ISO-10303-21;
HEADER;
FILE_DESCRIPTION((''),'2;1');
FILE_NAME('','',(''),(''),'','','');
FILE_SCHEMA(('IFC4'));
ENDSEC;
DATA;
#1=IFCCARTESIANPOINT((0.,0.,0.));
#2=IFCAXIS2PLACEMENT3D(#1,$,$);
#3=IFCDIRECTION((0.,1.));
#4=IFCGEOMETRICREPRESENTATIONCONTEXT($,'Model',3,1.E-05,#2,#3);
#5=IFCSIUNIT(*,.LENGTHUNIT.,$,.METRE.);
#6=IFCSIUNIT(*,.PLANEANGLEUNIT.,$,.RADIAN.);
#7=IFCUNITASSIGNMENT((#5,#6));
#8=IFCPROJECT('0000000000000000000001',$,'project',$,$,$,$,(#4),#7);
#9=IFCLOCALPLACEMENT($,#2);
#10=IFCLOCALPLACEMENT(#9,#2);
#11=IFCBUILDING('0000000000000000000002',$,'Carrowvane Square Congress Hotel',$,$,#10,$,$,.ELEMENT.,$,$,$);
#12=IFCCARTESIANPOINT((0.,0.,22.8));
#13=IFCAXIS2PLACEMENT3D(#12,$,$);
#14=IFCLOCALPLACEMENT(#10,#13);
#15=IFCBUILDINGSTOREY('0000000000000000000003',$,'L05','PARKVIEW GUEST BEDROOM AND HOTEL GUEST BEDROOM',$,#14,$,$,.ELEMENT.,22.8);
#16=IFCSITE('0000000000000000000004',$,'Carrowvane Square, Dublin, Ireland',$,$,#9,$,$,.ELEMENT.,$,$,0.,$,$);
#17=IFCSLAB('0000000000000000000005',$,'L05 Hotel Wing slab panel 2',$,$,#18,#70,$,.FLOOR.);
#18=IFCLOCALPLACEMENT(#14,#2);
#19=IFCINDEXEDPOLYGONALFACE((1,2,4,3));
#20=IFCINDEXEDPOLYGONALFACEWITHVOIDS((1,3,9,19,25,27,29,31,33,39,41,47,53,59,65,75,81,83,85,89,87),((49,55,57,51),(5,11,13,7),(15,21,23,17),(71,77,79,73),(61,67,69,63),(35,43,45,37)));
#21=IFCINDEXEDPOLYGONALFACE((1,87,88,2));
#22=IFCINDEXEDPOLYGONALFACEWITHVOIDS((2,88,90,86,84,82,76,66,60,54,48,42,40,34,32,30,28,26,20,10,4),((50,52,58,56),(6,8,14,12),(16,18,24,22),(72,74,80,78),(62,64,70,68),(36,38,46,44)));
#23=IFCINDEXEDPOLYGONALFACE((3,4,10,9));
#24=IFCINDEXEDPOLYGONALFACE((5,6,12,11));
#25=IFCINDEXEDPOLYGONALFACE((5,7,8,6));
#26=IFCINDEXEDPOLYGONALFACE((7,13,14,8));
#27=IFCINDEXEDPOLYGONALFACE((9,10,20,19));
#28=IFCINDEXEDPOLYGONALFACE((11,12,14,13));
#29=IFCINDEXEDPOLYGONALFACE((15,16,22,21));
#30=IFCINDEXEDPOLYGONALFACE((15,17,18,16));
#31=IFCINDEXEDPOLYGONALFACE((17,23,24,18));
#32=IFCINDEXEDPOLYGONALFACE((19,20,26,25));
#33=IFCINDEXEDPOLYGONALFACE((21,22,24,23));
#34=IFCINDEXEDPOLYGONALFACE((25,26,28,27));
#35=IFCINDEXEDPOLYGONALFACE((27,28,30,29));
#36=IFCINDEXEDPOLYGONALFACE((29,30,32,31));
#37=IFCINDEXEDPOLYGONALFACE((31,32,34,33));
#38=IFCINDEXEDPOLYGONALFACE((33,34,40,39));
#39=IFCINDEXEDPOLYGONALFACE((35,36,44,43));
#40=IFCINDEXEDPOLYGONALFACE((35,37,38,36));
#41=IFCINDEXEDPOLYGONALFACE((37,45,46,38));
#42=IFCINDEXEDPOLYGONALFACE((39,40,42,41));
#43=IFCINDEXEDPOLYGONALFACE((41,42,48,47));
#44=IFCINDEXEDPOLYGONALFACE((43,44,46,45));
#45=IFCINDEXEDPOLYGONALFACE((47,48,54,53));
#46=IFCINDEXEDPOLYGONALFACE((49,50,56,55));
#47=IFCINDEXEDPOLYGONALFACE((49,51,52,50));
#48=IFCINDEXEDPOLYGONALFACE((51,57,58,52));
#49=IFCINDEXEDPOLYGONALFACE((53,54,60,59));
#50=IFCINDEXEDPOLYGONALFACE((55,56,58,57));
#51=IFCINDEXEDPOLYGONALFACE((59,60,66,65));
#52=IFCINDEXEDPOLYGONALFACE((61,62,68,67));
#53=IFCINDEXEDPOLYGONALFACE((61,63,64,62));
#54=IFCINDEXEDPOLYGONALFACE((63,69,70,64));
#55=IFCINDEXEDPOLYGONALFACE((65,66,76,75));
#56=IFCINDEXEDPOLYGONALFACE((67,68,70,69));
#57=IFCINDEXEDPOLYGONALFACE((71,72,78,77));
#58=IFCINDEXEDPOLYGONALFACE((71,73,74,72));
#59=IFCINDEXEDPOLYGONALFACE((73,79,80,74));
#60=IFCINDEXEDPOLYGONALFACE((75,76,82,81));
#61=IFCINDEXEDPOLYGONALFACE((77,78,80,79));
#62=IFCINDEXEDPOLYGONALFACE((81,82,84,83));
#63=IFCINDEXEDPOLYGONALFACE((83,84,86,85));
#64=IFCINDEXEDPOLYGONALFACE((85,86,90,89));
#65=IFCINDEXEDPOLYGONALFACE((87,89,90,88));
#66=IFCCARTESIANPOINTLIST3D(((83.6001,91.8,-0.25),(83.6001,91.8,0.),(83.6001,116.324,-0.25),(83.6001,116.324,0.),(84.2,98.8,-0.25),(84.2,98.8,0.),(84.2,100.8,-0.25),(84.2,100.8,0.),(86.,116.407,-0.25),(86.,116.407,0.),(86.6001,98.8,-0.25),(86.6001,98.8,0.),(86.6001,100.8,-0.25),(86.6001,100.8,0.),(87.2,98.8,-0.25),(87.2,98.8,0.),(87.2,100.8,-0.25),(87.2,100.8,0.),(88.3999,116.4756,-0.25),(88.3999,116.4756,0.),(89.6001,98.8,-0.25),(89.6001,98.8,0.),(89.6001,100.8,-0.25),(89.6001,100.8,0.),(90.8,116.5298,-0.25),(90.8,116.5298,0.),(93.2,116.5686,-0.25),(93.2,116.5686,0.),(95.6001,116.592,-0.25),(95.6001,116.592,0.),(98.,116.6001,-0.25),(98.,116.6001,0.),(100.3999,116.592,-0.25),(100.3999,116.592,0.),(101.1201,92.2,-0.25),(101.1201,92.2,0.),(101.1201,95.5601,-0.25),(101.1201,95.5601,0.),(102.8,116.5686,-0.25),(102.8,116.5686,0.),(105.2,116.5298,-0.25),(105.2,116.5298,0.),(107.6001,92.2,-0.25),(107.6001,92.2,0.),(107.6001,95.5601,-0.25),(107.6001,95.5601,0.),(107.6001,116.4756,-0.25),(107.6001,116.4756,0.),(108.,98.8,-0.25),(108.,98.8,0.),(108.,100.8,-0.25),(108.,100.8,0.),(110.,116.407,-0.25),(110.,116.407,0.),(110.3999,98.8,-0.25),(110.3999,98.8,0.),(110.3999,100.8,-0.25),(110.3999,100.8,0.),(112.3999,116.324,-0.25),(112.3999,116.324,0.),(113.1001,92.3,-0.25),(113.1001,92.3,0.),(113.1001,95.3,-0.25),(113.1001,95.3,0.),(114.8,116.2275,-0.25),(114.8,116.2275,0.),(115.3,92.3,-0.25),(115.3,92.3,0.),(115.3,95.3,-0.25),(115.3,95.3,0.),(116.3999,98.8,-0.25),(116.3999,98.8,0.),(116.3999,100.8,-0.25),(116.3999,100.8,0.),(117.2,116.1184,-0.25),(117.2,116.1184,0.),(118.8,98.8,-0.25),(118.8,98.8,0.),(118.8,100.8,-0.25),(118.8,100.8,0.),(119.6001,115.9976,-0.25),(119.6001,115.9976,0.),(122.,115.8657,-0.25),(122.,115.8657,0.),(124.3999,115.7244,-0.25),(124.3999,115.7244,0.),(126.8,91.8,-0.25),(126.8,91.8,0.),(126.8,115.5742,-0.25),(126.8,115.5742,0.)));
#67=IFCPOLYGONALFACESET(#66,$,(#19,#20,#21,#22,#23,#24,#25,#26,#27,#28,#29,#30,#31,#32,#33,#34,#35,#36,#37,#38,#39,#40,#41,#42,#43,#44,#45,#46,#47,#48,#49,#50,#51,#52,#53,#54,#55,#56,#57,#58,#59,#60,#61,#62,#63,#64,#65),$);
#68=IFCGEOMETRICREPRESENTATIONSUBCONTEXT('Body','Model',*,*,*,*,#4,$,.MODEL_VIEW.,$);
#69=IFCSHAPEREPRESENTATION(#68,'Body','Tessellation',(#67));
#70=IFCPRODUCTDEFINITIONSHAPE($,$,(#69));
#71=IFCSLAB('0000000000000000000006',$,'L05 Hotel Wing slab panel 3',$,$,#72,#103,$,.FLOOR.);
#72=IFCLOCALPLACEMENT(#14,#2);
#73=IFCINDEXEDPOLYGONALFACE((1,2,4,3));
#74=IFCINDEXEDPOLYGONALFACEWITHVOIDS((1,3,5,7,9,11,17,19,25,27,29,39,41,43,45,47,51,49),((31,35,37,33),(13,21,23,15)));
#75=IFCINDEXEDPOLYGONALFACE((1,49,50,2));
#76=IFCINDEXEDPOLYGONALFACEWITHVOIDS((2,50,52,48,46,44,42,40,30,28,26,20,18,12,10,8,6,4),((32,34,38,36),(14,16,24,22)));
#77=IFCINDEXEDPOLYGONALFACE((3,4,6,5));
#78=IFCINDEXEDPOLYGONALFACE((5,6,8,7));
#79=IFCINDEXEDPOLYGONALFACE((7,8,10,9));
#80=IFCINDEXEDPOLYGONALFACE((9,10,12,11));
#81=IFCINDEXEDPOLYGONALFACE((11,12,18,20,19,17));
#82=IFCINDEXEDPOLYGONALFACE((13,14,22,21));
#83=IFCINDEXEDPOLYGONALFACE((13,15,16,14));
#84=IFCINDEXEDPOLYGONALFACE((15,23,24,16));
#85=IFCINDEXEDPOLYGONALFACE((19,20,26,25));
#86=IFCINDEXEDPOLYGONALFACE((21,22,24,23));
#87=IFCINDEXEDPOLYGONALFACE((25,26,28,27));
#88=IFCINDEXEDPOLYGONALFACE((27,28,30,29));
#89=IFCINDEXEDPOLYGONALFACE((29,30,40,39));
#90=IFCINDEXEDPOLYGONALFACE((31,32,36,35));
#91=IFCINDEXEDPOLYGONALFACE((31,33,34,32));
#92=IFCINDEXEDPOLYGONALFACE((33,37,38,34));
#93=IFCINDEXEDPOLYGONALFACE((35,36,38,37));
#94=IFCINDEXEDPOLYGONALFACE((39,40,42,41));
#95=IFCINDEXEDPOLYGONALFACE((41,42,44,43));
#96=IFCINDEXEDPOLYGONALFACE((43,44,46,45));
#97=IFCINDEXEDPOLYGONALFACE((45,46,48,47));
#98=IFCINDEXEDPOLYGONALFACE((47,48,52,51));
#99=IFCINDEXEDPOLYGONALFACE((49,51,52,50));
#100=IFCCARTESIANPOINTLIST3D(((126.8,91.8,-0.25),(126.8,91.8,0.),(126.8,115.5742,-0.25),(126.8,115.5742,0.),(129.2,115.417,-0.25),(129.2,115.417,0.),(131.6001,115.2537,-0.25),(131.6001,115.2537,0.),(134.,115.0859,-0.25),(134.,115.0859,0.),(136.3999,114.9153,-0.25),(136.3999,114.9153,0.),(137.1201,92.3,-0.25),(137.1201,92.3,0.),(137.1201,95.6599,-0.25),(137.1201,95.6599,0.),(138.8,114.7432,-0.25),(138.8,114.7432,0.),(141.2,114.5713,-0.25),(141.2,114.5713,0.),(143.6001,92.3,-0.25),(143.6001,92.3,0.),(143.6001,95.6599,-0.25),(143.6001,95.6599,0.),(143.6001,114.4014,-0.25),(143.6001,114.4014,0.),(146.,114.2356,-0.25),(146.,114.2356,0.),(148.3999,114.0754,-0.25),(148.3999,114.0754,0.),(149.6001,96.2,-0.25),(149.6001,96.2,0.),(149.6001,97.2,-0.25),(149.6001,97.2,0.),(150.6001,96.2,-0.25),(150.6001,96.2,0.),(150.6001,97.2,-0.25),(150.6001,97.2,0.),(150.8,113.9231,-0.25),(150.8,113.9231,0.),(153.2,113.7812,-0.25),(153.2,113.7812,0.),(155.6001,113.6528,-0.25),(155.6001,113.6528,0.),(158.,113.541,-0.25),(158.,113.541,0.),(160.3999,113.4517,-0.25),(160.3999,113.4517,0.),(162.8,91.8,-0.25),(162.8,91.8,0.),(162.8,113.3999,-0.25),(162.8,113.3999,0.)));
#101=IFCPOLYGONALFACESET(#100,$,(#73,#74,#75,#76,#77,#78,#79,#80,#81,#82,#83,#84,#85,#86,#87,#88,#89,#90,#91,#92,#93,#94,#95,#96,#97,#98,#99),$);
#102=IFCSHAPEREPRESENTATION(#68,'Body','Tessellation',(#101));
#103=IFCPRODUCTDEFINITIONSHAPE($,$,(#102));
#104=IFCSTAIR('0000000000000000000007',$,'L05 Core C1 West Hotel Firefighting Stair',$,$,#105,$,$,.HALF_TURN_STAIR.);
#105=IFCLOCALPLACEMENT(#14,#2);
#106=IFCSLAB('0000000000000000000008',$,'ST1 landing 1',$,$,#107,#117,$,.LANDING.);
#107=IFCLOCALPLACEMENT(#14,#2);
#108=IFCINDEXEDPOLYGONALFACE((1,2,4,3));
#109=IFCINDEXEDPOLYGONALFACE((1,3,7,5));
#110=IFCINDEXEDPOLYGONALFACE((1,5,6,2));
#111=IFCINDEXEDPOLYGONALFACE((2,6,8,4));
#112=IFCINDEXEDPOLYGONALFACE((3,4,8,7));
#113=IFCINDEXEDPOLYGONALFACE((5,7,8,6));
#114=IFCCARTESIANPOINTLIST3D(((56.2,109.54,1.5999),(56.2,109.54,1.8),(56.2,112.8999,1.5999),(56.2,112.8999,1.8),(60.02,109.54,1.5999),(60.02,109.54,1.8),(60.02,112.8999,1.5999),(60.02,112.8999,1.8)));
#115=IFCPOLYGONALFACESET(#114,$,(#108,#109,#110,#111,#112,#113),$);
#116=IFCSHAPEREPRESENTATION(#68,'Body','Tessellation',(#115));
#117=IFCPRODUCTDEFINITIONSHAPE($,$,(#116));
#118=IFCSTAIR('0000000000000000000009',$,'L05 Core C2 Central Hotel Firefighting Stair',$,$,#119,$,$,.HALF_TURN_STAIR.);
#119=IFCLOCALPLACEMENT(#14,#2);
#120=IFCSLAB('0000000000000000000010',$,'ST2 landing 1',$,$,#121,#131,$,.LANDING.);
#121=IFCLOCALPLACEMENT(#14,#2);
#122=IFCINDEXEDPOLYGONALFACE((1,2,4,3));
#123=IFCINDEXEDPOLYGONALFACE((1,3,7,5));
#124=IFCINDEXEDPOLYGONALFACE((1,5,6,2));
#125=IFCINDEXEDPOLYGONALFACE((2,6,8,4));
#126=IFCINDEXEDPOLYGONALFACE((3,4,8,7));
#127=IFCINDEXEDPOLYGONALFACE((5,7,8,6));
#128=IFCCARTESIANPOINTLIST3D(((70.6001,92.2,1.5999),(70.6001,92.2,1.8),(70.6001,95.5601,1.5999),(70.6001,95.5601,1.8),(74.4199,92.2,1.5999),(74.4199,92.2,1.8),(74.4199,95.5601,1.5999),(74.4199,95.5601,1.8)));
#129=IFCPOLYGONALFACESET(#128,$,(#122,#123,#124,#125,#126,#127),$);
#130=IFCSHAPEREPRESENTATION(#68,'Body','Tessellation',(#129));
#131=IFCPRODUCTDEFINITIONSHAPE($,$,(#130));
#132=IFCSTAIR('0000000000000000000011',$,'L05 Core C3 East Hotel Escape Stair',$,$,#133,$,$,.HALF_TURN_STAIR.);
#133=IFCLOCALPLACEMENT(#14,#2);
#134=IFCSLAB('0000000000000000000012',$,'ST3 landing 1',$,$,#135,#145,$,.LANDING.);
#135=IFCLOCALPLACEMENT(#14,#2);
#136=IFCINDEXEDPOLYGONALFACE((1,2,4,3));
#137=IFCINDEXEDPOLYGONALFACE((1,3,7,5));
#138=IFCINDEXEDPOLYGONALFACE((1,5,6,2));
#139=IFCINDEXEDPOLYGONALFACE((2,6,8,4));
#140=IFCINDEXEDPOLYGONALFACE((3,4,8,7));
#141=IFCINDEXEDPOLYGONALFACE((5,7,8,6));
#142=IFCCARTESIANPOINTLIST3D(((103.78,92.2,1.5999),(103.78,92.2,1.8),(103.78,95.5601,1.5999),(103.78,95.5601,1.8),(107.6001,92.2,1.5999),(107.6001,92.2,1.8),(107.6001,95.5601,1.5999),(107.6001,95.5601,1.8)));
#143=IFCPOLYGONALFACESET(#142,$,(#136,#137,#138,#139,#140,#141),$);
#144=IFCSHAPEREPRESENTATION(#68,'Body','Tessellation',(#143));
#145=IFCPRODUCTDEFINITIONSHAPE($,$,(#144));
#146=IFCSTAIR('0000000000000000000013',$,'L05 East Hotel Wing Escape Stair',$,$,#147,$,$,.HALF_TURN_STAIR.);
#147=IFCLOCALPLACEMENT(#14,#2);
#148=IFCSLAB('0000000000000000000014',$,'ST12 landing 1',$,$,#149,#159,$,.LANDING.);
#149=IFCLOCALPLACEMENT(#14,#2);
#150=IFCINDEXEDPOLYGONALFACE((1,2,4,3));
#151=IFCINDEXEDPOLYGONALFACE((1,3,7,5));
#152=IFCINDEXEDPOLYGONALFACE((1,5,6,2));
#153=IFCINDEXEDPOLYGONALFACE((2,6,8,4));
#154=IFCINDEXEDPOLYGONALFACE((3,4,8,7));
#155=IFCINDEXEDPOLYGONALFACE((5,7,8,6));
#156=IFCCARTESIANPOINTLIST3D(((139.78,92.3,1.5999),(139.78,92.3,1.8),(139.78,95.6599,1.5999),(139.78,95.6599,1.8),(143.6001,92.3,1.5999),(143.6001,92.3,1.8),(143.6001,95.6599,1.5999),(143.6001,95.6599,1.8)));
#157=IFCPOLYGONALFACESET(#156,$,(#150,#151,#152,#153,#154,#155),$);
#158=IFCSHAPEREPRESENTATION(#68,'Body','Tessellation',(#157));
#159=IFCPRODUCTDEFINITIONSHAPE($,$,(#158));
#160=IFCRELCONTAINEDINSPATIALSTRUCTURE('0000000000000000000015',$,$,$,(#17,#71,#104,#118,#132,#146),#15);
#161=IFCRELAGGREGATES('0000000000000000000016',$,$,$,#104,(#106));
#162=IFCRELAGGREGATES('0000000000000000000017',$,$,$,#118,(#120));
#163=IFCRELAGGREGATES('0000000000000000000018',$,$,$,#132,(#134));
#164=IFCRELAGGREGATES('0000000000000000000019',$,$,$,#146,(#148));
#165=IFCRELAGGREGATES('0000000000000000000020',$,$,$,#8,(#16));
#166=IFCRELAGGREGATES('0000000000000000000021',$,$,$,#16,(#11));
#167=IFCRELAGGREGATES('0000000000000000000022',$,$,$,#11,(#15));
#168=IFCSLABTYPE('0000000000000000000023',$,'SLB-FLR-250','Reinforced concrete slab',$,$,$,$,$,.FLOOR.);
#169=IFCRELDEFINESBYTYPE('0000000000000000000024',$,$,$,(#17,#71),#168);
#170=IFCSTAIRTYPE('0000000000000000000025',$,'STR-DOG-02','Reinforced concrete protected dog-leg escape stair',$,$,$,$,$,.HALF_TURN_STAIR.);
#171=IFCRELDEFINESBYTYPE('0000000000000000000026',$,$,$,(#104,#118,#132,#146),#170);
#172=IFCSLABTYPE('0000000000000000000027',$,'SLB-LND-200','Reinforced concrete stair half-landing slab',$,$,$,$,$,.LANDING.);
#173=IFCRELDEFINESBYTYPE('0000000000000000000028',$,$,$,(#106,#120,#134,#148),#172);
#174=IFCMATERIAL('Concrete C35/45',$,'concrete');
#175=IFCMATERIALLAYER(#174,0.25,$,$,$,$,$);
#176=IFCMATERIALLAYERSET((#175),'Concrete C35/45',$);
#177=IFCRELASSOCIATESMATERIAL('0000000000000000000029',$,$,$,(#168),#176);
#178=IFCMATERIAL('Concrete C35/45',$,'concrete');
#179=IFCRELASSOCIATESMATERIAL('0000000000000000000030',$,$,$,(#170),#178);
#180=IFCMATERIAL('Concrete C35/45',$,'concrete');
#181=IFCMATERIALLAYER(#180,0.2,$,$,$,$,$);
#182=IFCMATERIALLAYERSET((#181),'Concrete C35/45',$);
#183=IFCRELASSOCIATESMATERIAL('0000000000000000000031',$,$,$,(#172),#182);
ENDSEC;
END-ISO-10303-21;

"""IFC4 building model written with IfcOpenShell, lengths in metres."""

from ifc_helpers import new_model, si_unit, direction, frame, origin, place, context, subcontext, project, spatial, polyline, outline, extrude, material, layer, layer_set, type_object, element, aggregate, save


model = new_model("IFC4")

# Units and contexts
model_context = context("Model", 3, precision=1e-05, world=origin(), true_north=direction((0.0, 1.0)))
body_context = subcontext(model_context, "Body", "Model", "MODEL_VIEW")
ifc_project = project(units=[si_unit("LENGTHUNIT", "METRE"), si_unit("PLANEANGLEUNIT", "RADIAN")], contexts=[model_context])

# Site, building, storey
site_placement = place(None, origin())
site = spatial("IfcSite", under=ifc_project, at=site_placement, Name="Carrowvane Square, Dublin, Ireland", CompositionType="ELEMENT", RefElevation=0.0)
building_placement = place(site_placement, origin())
building = spatial("IfcBuilding", under=site, at=building_placement, Name="Carrowvane Square Congress Hotel", CompositionType="ELEMENT")
storey_placement = place(building_placement, frame((0.0, 0.0, 22.8)))
storey = spatial("IfcBuildingStorey", under=building, at=storey_placement, Name="L05", Description="PARKVIEW GUEST BEDROOM AND HOTEL GUEST BEDROOM", CompositionType="ELEMENT", Elevation=22.8)

# Slabs
ifc_material_1 = material(Name="Concrete C35/45", Category="concrete")
ifc_layer_1 = layer(ifc_material_1, 0.25)
ifc_layer_set_1 = layer_set([ifc_layer_1], Name="Concrete C35/45")
slab_type_1 = type_object("IfcSlabType", Name="SLB-FLR-250", Description="Reinforced concrete slab", PredefinedType="FLOOR", material=ifc_layer_set_1)
slab_1_placement = place(storey_placement, frame((0.0, 0.0, -0.25)))
element("IfcSlab", 1, at=slab_1_placement, inside=storey, type_object=slab_type_1, Name="L05 Hotel Wing slab panel 2", PredefinedType="FLOOR", context=body_context, shape_type="SweptSolid", body=[
    extrude(outline(polyline([(83.6001, 91.8), (126.8, 91.8), (126.8, 115.5742), (124.3999, 115.7244), (122.0, 115.8657), (119.6001, 115.9976), (117.2, 116.1184), (114.8, 116.2275), (112.3999, 116.324), (110.0, 116.407), (107.6001, 116.4756), (105.2, 116.5298), (102.8, 116.5686), (100.3999, 116.592), (98.0, 116.6001), (95.6001, 116.592), (93.2, 116.5686), (90.8, 116.5298), (88.3999, 116.4756), (86.0, 116.407), (83.6001, 116.324), (83.6001, 91.8)]), holes=[polyline([(101.1201, 92.2), (107.6001, 92.2), (107.6001, 95.5601), (101.1201, 95.5601), (101.1201, 92.2)]), polyline([(84.2, 98.8), (86.6001, 98.8), (86.6001, 100.8), (84.2, 100.8), (84.2, 98.8)]), polyline([(87.2, 98.8), (89.6001, 98.8), (89.6001, 100.8), (87.2, 100.8), (87.2, 98.8)]), polyline([(108.0, 98.8), (110.3999, 98.8), (110.3999, 100.8), (108.0, 100.8), (108.0, 98.8)]), polyline([(116.3999, 98.8), (118.8, 98.8), (118.8, 100.8), (116.3999, 100.8), (116.3999, 98.8)]), polyline([(113.1001, 92.3), (115.3, 92.3), (115.3, 95.3), (113.1001, 95.3), (113.1001, 92.3)])]), origin(), (0.0, 0.0, 1.0), 0.25),
])
slab_2_placement = place(storey_placement, frame((0.0, 0.0, -0.25)))
element("IfcSlab", 2, at=slab_2_placement, inside=storey, type_object=slab_type_1, Name="L05 Hotel Wing slab panel 3", PredefinedType="FLOOR", context=body_context, shape_type="SweptSolid", body=[
    extrude(outline(polyline([(126.8, 91.8), (162.8, 91.8), (162.8, 113.3999), (160.3999, 113.4517), (158.0, 113.541), (155.6001, 113.6528), (153.2, 113.7812), (150.8, 113.9231), (148.3999, 114.0754), (146.0, 114.2356), (143.6001, 114.4014), (141.2, 114.5713), (138.8, 114.7432), (136.3999, 114.9153), (134.0, 115.0859), (131.6001, 115.2537), (129.2, 115.417), (126.8, 115.5742), (126.8, 91.8)]), holes=[polyline([(137.1201, 92.3), (143.6001, 92.3), (143.6001, 95.6599), (137.1201, 95.6599), (137.1201, 92.3)]), polyline([(149.6001, 96.2), (150.6001, 96.2), (150.6001, 97.2), (149.6001, 97.2), (149.6001, 96.2)])]), origin(), (0.0, 0.0, 1.0), 0.25),
])

# Stairs, slabs
ifc_material_2 = material(Name="Concrete C35/45", Category="concrete")
stair_type = type_object("IfcStairType", Name="STR-DOG-02", Description="Reinforced concrete protected dog-leg escape stair", PredefinedType="HALF_TURN_STAIR", material=ifc_material_2)
stair_1_placement = place(storey_placement, origin())
stair_1 = element("IfcStair", 3, at=stair_1_placement, inside=storey, type_object=stair_type, Name="L05 Core C1 West Hotel Firefighting Stair", PredefinedType="HALF_TURN_STAIR")
ifc_material_3 = material(Name="Concrete C35/45", Category="concrete")
ifc_layer_2 = layer(ifc_material_3, 0.2)
ifc_layer_set_2 = layer_set([ifc_layer_2], Name="Concrete C35/45")
slab_type_2 = type_object("IfcSlabType", Name="SLB-LND-200", Description="Reinforced concrete stair half-landing slab", PredefinedType="LANDING", material=ifc_layer_set_2)
slab_3_placement = place(storey_placement, frame((0.0, 0.0, 1.5999)))
slab_3 = element("IfcSlab", 4, at=slab_3_placement, type_object=slab_type_2, Name="ST1 landing 1", PredefinedType="LANDING", context=body_context, shape_type="SweptSolid", body=[
    extrude(outline(polyline([(60.02, 112.8999), (56.2, 112.8999), (56.2, 109.54), (60.02, 109.54), (60.02, 112.8999)])), origin(), (0.0, 0.0, 1.0), 0.2002),
])
aggregate(stair_1, [slab_3])
stair_2_placement = place(storey_placement, origin())
stair_2 = element("IfcStair", 5, at=stair_2_placement, inside=storey, type_object=stair_type, Name="L05 Core C2 Central Hotel Firefighting Stair", PredefinedType="HALF_TURN_STAIR")
slab_4_placement = place(storey_placement, frame((0.0, 0.0, 1.5999)))
slab_4 = element("IfcSlab", 6, at=slab_4_placement, type_object=slab_type_2, Name="ST2 landing 1", PredefinedType="LANDING", context=body_context, shape_type="SweptSolid", body=[
    extrude(outline(polyline([(74.4199, 95.5601), (70.6001, 95.5601), (70.6001, 92.2), (74.4199, 92.2), (74.4199, 95.5601)])), origin(), (0.0, 0.0, 1.0), 0.2002),
])
aggregate(stair_2, [slab_4])
stair_3_placement = place(storey_placement, origin())
stair_3 = element("IfcStair", 7, at=stair_3_placement, inside=storey, type_object=stair_type, Name="L05 Core C3 East Hotel Escape Stair", PredefinedType="HALF_TURN_STAIR")
slab_5_placement = place(storey_placement, frame((0.0, 0.0, 1.5999)))
slab_5 = element("IfcSlab", 8, at=slab_5_placement, type_object=slab_type_2, Name="ST3 landing 1", PredefinedType="LANDING", context=body_context, shape_type="SweptSolid", body=[
    extrude(outline(polyline([(103.78, 92.2), (107.6001, 92.2), (107.6001, 95.5601), (103.78, 95.5601), (103.78, 92.2)])), origin(), (0.0, 0.0, 1.0), 0.2002),
])
aggregate(stair_3, [slab_5])
stair_4_placement = place(storey_placement, origin())
stair_4 = element("IfcStair", 9, at=stair_4_placement, inside=storey, type_object=stair_type, Name="L05 East Hotel Wing Escape Stair", PredefinedType="HALF_TURN_STAIR")
slab_6_placement = place(storey_placement, frame((0.0, 0.0, 1.5999)))
slab_6 = element("IfcSlab", 10, at=slab_6_placement, type_object=slab_type_2, Name="ST12 landing 1", PredefinedType="LANDING", context=body_context, shape_type="SweptSolid", body=[
    extrude(outline(polyline([(139.78, 92.3), (143.6001, 92.3), (143.6001, 95.6599), (139.78, 95.6599), (139.78, 92.3)])), origin(), (0.0, 0.0, 1.0), 0.2002),
])
aggregate(stair_4, [slab_6])

save(model, "model.ifc")
